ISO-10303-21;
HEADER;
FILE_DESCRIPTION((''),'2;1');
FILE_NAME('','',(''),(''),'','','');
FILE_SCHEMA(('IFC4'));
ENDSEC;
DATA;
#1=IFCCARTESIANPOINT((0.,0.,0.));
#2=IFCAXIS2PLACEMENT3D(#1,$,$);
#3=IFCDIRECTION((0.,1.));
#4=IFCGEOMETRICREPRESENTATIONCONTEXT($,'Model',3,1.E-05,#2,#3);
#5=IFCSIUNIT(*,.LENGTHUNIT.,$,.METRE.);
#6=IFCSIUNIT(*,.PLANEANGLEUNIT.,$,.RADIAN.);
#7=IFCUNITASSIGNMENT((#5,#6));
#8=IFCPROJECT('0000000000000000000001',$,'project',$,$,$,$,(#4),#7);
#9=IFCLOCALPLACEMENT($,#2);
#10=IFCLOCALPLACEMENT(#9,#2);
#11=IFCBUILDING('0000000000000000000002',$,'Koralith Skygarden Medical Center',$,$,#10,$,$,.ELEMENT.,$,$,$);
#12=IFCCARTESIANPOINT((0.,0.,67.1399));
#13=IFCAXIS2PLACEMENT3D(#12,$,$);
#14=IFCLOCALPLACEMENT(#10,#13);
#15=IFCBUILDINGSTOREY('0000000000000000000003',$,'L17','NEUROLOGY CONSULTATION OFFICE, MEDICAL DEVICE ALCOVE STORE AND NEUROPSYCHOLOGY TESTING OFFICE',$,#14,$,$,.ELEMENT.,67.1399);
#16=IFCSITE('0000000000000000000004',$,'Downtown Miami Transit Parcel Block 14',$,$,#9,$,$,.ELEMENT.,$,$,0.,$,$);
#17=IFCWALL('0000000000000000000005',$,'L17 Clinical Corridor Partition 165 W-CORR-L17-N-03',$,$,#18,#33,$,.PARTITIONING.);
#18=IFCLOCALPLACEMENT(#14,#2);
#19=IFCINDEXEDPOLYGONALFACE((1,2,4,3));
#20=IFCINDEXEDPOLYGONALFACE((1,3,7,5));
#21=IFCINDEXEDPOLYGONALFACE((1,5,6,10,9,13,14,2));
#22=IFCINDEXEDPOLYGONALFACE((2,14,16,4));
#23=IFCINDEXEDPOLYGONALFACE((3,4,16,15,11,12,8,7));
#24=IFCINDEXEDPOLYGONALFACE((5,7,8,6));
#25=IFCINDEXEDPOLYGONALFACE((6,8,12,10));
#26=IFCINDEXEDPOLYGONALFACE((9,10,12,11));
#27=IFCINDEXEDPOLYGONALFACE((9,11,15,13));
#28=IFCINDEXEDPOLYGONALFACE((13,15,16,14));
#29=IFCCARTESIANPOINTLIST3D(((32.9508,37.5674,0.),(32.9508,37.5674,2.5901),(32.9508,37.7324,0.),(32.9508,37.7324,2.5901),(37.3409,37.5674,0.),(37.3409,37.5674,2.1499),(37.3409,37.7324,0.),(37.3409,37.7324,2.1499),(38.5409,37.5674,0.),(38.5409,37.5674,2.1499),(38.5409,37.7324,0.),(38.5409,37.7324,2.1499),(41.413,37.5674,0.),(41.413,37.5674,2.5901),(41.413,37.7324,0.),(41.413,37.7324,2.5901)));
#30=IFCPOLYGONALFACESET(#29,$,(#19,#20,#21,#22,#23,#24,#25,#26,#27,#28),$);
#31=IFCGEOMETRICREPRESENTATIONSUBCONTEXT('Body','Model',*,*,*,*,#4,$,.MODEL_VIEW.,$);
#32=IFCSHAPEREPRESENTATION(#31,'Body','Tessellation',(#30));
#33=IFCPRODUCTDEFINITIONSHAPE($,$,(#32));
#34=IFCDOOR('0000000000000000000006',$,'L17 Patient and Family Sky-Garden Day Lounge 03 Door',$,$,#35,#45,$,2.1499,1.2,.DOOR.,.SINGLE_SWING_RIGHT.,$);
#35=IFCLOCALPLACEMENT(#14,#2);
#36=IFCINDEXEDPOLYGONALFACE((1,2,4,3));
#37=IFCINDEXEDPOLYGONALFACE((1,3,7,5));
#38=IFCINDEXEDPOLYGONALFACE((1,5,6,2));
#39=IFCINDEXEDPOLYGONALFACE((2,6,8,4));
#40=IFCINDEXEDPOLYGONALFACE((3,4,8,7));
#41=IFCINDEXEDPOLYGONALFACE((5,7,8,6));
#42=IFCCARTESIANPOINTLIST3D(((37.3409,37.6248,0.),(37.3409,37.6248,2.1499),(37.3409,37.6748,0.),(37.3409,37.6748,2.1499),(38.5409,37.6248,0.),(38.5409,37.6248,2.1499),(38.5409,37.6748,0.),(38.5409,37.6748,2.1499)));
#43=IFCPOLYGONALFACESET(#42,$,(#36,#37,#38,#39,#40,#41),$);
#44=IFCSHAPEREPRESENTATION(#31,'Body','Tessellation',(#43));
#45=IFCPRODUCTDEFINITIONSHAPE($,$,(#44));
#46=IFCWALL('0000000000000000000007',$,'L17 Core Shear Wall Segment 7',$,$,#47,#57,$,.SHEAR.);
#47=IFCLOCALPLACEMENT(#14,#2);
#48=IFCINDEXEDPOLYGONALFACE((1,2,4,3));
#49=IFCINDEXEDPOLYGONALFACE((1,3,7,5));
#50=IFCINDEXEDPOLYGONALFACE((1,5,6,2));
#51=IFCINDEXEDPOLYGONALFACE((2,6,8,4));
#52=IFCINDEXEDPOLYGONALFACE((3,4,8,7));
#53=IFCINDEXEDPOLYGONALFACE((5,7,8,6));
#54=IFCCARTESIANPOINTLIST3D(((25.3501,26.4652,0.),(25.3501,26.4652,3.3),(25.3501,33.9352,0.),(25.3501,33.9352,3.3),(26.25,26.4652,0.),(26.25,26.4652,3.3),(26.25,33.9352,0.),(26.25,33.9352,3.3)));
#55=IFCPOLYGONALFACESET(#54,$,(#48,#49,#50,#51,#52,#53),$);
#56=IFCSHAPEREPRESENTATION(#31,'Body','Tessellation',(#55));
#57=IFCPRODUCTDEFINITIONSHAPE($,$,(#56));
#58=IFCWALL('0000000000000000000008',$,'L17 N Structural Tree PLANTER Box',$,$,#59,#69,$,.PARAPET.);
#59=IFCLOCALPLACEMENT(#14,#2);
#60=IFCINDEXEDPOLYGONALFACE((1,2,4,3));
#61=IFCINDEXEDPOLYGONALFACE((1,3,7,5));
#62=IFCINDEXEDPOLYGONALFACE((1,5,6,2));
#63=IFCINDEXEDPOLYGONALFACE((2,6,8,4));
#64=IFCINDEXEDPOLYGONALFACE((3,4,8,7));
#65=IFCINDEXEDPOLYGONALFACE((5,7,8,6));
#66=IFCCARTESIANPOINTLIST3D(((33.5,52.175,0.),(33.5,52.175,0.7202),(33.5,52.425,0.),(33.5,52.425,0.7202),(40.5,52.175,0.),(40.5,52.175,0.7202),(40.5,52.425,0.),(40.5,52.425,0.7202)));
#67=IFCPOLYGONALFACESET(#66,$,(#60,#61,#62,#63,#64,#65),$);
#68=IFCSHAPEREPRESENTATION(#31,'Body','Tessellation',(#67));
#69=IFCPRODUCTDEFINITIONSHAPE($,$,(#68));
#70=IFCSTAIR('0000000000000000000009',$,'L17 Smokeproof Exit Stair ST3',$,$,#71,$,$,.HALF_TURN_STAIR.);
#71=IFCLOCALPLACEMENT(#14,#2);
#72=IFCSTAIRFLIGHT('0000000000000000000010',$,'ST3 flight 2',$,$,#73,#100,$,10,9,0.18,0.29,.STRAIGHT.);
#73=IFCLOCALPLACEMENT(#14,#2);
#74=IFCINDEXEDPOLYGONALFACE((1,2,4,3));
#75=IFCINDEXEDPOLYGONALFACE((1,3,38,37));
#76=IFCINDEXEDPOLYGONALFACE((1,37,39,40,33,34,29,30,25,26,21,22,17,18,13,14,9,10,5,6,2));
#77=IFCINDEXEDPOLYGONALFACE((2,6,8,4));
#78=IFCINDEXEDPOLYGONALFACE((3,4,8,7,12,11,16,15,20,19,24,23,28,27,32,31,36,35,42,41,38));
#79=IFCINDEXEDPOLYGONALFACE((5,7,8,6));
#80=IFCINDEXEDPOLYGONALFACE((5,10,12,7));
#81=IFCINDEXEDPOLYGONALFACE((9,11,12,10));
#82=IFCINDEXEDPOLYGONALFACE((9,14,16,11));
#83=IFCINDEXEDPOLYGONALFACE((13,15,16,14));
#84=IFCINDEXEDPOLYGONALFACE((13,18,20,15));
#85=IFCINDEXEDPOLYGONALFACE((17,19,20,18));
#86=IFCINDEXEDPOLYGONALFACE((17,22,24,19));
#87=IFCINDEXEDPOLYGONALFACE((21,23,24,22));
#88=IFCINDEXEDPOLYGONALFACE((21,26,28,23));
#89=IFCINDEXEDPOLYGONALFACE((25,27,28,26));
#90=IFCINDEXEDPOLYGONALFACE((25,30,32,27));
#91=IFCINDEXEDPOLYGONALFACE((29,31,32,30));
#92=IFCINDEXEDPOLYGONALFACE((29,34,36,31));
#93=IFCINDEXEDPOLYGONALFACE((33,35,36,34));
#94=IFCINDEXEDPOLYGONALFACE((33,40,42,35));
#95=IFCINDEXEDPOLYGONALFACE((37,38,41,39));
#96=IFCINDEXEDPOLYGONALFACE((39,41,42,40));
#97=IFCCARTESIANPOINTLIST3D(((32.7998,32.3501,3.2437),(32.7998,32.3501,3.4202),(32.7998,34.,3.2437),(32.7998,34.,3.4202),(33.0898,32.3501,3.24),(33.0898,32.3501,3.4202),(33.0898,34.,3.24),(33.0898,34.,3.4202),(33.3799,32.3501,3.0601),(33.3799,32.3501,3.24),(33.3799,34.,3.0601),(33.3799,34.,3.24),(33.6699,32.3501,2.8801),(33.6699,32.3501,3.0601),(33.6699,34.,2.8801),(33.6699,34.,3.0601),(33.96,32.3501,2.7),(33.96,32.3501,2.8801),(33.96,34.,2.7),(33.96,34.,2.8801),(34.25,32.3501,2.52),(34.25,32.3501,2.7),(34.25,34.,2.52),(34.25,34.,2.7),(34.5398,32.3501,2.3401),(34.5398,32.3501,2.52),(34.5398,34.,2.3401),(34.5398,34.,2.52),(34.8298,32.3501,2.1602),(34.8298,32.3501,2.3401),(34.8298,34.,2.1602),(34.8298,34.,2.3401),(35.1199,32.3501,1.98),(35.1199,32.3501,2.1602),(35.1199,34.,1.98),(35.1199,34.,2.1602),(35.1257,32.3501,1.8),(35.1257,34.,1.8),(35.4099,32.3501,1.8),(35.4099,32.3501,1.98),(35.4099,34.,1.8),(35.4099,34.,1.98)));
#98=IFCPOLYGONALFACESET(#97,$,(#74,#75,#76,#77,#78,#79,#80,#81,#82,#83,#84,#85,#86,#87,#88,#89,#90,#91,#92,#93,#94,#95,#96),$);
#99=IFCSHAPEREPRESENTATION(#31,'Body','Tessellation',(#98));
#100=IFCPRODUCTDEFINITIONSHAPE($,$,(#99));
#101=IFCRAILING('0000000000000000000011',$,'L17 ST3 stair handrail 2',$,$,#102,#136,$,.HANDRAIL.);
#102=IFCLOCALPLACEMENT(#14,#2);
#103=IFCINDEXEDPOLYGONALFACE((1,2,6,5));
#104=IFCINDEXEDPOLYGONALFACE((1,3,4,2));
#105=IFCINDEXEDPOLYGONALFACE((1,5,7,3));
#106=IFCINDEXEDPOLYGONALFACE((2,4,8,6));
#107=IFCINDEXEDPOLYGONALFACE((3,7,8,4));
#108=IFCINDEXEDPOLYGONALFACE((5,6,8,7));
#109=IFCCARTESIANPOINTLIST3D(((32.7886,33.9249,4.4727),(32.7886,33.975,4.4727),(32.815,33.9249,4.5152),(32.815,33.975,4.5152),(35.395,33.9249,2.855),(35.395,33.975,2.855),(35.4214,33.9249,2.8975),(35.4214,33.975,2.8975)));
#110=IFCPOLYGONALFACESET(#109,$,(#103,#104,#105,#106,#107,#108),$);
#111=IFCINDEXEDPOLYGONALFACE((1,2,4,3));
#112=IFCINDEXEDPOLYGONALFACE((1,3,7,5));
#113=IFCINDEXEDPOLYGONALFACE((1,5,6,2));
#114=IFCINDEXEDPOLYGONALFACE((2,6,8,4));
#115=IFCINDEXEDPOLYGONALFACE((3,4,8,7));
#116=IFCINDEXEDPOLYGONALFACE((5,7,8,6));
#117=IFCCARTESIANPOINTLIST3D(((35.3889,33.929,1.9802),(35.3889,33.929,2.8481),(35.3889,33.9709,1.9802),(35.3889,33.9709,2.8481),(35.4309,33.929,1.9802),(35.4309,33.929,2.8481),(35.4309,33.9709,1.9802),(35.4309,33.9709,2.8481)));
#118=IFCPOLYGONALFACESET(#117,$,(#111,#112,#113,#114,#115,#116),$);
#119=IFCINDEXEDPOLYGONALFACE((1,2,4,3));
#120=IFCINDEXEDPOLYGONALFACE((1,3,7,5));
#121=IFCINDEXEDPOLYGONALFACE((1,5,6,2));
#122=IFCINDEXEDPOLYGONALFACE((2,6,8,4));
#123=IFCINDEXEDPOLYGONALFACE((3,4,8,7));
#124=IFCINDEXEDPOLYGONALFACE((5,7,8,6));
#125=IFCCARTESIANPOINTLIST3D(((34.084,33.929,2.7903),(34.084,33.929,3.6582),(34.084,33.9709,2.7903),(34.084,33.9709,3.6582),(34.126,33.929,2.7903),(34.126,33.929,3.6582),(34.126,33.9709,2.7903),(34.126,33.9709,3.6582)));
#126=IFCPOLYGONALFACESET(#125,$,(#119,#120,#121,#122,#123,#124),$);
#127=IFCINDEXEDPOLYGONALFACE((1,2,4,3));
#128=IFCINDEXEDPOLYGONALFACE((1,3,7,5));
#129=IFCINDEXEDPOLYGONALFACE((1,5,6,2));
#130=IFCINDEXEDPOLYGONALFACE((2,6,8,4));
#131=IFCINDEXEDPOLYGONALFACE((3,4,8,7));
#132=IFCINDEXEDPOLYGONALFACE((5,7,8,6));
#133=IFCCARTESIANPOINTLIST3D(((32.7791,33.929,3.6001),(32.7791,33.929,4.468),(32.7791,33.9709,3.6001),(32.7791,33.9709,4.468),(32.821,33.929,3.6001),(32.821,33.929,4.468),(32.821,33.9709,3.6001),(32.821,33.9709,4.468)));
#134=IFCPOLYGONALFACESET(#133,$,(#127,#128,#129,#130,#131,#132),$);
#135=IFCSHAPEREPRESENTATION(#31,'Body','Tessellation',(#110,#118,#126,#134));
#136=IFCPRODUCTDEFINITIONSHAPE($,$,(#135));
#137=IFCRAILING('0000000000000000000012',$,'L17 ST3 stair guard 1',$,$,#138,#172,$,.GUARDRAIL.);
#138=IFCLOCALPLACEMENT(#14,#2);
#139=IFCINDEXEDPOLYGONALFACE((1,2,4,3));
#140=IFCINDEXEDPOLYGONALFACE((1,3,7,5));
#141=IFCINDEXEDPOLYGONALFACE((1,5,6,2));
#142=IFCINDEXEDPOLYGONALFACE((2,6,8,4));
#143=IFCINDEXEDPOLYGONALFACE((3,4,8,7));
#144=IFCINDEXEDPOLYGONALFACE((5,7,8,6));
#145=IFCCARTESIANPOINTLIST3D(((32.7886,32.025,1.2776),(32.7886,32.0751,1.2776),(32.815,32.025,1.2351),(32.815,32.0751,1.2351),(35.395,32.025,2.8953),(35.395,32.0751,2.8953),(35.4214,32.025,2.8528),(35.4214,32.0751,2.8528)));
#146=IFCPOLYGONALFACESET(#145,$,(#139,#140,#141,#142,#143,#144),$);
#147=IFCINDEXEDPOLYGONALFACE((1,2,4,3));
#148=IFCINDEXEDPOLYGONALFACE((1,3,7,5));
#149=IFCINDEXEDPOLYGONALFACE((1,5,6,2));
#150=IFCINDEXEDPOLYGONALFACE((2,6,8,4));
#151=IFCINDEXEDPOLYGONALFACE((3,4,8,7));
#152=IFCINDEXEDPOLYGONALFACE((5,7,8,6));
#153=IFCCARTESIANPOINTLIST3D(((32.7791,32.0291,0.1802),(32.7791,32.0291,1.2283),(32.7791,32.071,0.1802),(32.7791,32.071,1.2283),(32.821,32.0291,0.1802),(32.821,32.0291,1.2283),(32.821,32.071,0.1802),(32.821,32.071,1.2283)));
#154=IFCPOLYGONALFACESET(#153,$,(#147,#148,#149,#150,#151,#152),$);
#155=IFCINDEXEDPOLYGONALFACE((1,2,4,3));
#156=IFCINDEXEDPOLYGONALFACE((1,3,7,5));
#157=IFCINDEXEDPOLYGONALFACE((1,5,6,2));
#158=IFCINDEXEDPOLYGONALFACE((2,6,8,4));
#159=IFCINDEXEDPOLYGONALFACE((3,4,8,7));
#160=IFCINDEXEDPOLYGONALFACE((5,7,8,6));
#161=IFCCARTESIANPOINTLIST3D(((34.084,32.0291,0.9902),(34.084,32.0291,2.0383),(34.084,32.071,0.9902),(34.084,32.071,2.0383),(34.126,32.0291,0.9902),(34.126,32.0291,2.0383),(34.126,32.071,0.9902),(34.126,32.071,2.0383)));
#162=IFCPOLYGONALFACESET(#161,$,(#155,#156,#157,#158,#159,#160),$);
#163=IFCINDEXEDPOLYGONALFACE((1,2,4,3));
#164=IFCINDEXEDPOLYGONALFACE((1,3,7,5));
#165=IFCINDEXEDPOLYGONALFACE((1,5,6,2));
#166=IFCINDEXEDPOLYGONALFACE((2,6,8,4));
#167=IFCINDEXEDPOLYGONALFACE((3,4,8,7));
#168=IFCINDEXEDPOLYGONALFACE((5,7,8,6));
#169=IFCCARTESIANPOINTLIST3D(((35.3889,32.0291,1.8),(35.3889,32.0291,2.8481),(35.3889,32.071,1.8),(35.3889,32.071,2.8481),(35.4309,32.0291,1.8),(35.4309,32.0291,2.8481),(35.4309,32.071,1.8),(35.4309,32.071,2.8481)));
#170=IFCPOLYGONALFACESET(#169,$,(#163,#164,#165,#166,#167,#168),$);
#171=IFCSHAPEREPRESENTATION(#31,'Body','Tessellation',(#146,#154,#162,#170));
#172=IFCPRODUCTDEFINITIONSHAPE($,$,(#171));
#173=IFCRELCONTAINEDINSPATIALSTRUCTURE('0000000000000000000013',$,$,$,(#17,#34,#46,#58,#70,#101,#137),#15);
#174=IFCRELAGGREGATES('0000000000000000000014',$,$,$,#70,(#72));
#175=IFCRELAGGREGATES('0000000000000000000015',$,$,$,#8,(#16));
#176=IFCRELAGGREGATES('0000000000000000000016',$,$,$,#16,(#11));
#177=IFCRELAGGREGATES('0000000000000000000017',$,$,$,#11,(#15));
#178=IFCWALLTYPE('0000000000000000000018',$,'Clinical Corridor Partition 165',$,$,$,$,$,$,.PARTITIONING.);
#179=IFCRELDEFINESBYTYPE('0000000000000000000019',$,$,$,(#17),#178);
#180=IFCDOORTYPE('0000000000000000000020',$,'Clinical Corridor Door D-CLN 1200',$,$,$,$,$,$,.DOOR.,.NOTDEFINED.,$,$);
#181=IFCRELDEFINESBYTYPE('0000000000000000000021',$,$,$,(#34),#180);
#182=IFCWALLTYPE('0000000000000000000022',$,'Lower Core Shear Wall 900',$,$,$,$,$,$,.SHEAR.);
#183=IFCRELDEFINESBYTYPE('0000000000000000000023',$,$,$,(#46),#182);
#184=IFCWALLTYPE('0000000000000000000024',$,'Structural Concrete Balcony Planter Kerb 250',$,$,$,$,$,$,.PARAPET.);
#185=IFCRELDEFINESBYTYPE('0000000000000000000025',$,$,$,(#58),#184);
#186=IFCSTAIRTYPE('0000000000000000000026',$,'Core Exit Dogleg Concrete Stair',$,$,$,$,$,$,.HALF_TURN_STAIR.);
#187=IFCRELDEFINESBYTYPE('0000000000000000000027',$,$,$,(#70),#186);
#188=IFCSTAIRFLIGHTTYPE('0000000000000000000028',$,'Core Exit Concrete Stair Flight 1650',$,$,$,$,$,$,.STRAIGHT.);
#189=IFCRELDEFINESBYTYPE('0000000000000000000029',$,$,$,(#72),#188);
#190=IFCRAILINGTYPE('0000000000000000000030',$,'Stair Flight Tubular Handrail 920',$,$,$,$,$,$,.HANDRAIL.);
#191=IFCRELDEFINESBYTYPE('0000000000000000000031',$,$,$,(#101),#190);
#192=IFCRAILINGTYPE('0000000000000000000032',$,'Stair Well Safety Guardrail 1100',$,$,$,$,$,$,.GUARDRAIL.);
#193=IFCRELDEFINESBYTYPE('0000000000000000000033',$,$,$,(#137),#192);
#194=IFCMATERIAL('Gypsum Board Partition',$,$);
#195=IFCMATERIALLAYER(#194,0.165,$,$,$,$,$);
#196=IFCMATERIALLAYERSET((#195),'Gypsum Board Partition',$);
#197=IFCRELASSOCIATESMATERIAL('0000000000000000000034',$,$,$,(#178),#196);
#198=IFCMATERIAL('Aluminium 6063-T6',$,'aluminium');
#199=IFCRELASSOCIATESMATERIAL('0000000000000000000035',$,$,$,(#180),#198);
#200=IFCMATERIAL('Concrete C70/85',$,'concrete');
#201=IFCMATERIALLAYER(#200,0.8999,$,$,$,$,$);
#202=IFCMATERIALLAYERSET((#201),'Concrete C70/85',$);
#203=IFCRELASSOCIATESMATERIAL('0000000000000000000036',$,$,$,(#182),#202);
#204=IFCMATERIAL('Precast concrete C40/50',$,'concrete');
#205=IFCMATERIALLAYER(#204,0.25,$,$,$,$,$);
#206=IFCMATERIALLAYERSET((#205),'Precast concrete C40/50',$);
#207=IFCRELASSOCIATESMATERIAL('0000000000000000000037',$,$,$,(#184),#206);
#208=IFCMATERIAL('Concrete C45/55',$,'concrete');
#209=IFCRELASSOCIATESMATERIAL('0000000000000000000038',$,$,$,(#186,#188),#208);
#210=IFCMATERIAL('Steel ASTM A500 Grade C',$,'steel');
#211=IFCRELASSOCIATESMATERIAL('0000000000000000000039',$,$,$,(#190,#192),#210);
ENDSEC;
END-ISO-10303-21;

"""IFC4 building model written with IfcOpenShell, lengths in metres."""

from ifc_helpers import new_model, si_unit, direction, frame, frame_2d, origin, origin_2d, place, context, subcontext, project, spatial, polyline, rectangle, outline, extrude, material, layer, layer_set, type_object, element, fill, aggregate, save


model = new_model("IFC4")

# Units and contexts
model_context = context("Model", 3, precision=1e-05, world=origin(), true_north=direction((0.0, 1.0)))
body_context = subcontext(model_context, "Body", "Model", "MODEL_VIEW")
ifc_project = project(units=[si_unit("LENGTHUNIT", "METRE"), si_unit("PLANEANGLEUNIT", "RADIAN")], contexts=[model_context])

# Site, building, storey
site_placement = place(None, origin())
site = spatial("IfcSite", under=ifc_project, at=site_placement, Name="Downtown Miami Transit Parcel Block 14", CompositionType="ELEMENT", RefElevation=0.0)
building_placement = place(site_placement, origin())
building = spatial("IfcBuilding", under=site, at=building_placement, Name="Koralith Skygarden Medical Center", CompositionType="ELEMENT")
storey_placement = place(building_placement, frame((0.0, 0.0, 67.1399)))
storey = spatial("IfcBuildingStorey", under=building, at=storey_placement, Name="L17", Description="NEUROLOGY CONSULTATION OFFICE, MEDICAL DEVICE ALCOVE STORE AND NEUROPSYCHOLOGY TESTING OFFICE", CompositionType="ELEMENT", Elevation=67.1399)

# Shared definitions
ifc_material_1 = material(Name="Concrete C70/85", Category="concrete")

# Shared definitions
ifc_material_2 = material(Name="Aluminium 6063-T6", Category="aluminium")

# Shared definitions
ifc_material_3 = material(Name="Concrete C45/55", Category="concrete")

# Shared definitions
ifc_material_4 = material(Name="Gypsum Board Partition")

# Wall, opening, door
ifc_layer_1 = layer(ifc_material_4, 0.165)
ifc_layer_set_1 = layer_set([ifc_layer_1], Name="Gypsum Board Partition")
wall_type_1 = type_object("IfcWallType", Name="Clinical Corridor Partition 165", PredefinedType="PARTITIONING", material=ifc_layer_set_1)
door_type = type_object("IfcDoorType", Name="Clinical Corridor Door D-CLN 1200", OperationType="NOTDEFINED", PredefinedType="DOOR", material=ifc_material_2)
wall_1_placement = place(storey_placement, frame((32.9509, 37.6499, 0.0), z_axis=(0.0, 0.0, 1.0), x_axis=(1.0, 0.0, 0.0)))
wall_1 = element("IfcWall", 1, at=wall_1_placement, inside=storey, type_object=wall_type_1, Name="L17 Clinical Corridor Partition 165 W-CORR-L17-N-03", PredefinedType="PARTITIONING", context=body_context, shape_type="SweptSolid", body=[
    extrude(rectangle(XDim=8.4622, YDim=0.165, at=frame_2d((4.231, 0.0))), origin(), (0.0, 0.0, 1.0), 2.5901),
])
opening_1_placement = place(wall_1_placement, frame((4.3899, 0.0, 0.0)))
opening_1 = element("IfcOpeningElement", 2, at=opening_1_placement, cuts=wall_1, PredefinedType="OPENING", context=body_context, shape_type="SweptSolid", body=[
    extrude(rectangle(XDim=1.2, YDim=2.1499, at=frame_2d((0.6001, 1.075))), frame((0.0, 0.0925, 0.0), z_axis=(0.0, -1.0, 0.0), x_axis=(1.0, 0.0, 0.0)), (0.0, 0.0, 1.0), 0.1851),
])
door_1_placement = place(opening_1_placement, origin())
door_1 = element("IfcDoor", 3, at=door_1_placement, inside=storey, type_object=door_type, Name="L17 Patient and Family Sky-Garden Day Lounge 03 Door", OperationType="SINGLE_SWING_RIGHT", OverallHeight=2.1499, OverallWidth=1.2, PredefinedType="DOOR", context=body_context, shape_type="SweptSolid", body=[
    extrude(rectangle(XDim=1.2, YDim=2.1499, at=frame_2d((0.6001, 1.075))), frame((0.0, 0.0249, 0.0), z_axis=(0.0, -1.0, 0.0), x_axis=(1.0, 0.0, 0.0)), (0.0, 0.0, 1.0), 0.05),
])
fill(opening_1, door_1)

# Walls
ifc_layer_2 = layer(ifc_material_1, 0.8999)
ifc_layer_set_2 = layer_set([ifc_layer_2], Name="Concrete C70/85")
wall_type_2 = type_object("IfcWallType", Name="Lower Core Shear Wall 900", PredefinedType="SHEAR", material=ifc_layer_set_2)
wall_2_placement = place(storey_placement, frame((25.8, 33.9351, 0.0), z_axis=(0.0, 0.0, 1.0), x_axis=(0.0, -1.0, 0.0)))
element("IfcWall", 4, at=wall_2_placement, inside=storey, type_object=wall_type_2, Name="L17 Core Shear Wall Segment 7", PredefinedType="SHEAR", context=body_context, shape_type="SweptSolid", body=[
    extrude(rectangle(XDim=7.47, YDim=0.8999, at=frame_2d((3.7349, 0.0))), origin(), (0.0, 0.0, 1.0), 3.3),
])
ifc_material_5 = material(Name="Precast concrete C40/50", Category="concrete")
ifc_layer_3 = layer(ifc_material_5, 0.25)
ifc_layer_set_3 = layer_set([ifc_layer_3], Name="Precast concrete C40/50")
wall_type_3 = type_object("IfcWallType", Name="Structural Concrete Balcony Planter Kerb 250", PredefinedType="PARAPET", material=ifc_layer_set_3)
wall_3_placement = place(storey_placement, frame((33.5, 52.3, 0.0), z_axis=(0.0, 0.0, 1.0), x_axis=(1.0, 0.0, 0.0)))
element("IfcWall", 5, at=wall_3_placement, inside=storey, type_object=wall_type_3, Name="L17 N Structural Tree PLANTER Box", PredefinedType="PARAPET", context=body_context, shape_type="SweptSolid", body=[
    extrude(rectangle(XDim=7.0, YDim=0.25, at=frame_2d((3.5, 0.0))), origin(), (0.0, 0.0, 1.0), 0.7202),
])

# Stair, stair flight
stair_type = type_object("IfcStairType", Name="Core Exit Dogleg Concrete Stair", PredefinedType="HALF_TURN_STAIR", material=ifc_material_3)
stair_placement = place(storey_placement, origin())
stair = element("IfcStair", 6, at=stair_placement, inside=storey, type_object=stair_type, Name="L17 Smokeproof Exit Stair ST3", PredefinedType="HALF_TURN_STAIR")
stair_flight_type = type_object("IfcStairFlightType", Name="Core Exit Concrete Stair Flight 1650", PredefinedType="STRAIGHT", material=ifc_material_3)
stair_flight_placement = place(storey_placement, frame((35.4099, 33.175, 1.8), z_axis=(0.0, 0.0, 1.0), x_axis=(-1.0, 0.0, 0.0)))
stair_flight = element("IfcStairFlight", 7, at=stair_flight_placement, type_object=stair_flight_type, Name="ST3 flight 2", NumberOfRisers=10, NumberOfTreads=9, PredefinedType="STRAIGHT", RiserHeight=0.18, TreadLength=0.29, context=body_context, shape_type="SweptSolid", body=[
    extrude(outline(polyline([(0.0, 0.0), (0.0, 0.1799), (0.29, 0.1799), (0.29, 0.3601), (0.5801, 0.3601), (0.5801, 0.54), (0.8701, 0.54), (0.8701, 0.72), (1.1599, 0.72), (1.1599, 0.8999), (1.45, 0.8999), (1.45, 1.0801), (1.74, 1.0801), (1.74, 1.26), (2.03, 1.26), (2.03, 1.4399), (2.3201, 1.4399), (2.3201, 1.6201), (2.6101, 1.6201), (2.6101, 1.8), (2.6101, 1.4436), (0.2842, 0.0), (0.0, 0.0)])), frame((0.0, 0.825, 0.0), z_axis=(0.0, -1.0, 0.0), x_axis=(1.0, 0.0, 0.0)), (0.0, 0.0, 1.0), 1.6499),
])
aggregate(stair, [stair_flight])

# Railings
ifc_material_6 = material(Name="Steel ASTM A500 Grade C", Category="steel")
railing_type_1 = type_object("IfcRailingType", Name="Stair Flight Tubular Handrail 920", PredefinedType="HANDRAIL", material=ifc_material_6)
railing_1_placement = place(storey_placement, frame((35.4099, 33.95, 1.9802)))
element("IfcRailing", 8, at=railing_1_placement, inside=storey, type_object=railing_type_1, Name="L17 ST3 stair handrail 2", PredefinedType="HANDRAIL", context=body_context, shape_type="SweptSolid", body=[
    extrude(rectangle(XDim=0.05, YDim=0.05, at=origin_2d()), frame((-0.0017, 0.0, 0.896), z_axis=(-0.849646, 0.0, 0.527353), x_axis=(0.0, -1.0, 0.0)), (0.0, 0.0, 1.0), 3.0676),
    extrude(rectangle(XDim=0.042, YDim=0.042, at=origin_2d()), origin(), (0.0, 0.0, 1.0), 0.8679),
    extrude(rectangle(XDim=0.042, YDim=0.042, at=origin_2d()), frame((-1.3049, 0.0, 0.8101)), (0.0, 0.0, 1.0), 0.8679),
    extrude(rectangle(XDim=0.042, YDim=0.042, at=origin_2d()), frame((-2.6099, 0.0, 1.6199)), (0.0, 0.0, 1.0), 0.8679),
])
railing_type_2 = type_object("IfcRailingType", Name="Stair Well Safety Guardrail 1100", PredefinedType="GUARDRAIL", material=ifc_material_6)
railing_2_placement = place(storey_placement, frame((32.8, 32.05, 0.1802)))
element("IfcRailing", 9, at=railing_2_placement, inside=storey, type_object=railing_type_2, Name="L17 ST3 stair guard 1", PredefinedType="GUARDRAIL", context=body_context, shape_type="SweptSolid", body=[
    extrude(rectangle(XDim=0.05, YDim=0.05, at=origin_2d()), frame((0.0017, 0.0, 1.0762), z_axis=(0.849646, 0.0, 0.527353), x_axis=(0.0, 1.0, 0.0)), (0.0, 0.0, 1.0), 3.0676),
    extrude(rectangle(XDim=0.042, YDim=0.042, at=origin_2d()), origin(), (0.0, 0.0, 1.0), 1.0481),
    extrude(rectangle(XDim=0.042, YDim=0.042, at=origin_2d()), frame((1.3049, 0.0, 0.8101)), (0.0, 0.0, 1.0), 1.0481),
    extrude(rectangle(XDim=0.042, YDim=0.042, at=origin_2d()), frame((2.6099, 0.0, 1.6199)), (0.0, 0.0, 1.0), 1.0481),
])

save(model, "model.ifc")
